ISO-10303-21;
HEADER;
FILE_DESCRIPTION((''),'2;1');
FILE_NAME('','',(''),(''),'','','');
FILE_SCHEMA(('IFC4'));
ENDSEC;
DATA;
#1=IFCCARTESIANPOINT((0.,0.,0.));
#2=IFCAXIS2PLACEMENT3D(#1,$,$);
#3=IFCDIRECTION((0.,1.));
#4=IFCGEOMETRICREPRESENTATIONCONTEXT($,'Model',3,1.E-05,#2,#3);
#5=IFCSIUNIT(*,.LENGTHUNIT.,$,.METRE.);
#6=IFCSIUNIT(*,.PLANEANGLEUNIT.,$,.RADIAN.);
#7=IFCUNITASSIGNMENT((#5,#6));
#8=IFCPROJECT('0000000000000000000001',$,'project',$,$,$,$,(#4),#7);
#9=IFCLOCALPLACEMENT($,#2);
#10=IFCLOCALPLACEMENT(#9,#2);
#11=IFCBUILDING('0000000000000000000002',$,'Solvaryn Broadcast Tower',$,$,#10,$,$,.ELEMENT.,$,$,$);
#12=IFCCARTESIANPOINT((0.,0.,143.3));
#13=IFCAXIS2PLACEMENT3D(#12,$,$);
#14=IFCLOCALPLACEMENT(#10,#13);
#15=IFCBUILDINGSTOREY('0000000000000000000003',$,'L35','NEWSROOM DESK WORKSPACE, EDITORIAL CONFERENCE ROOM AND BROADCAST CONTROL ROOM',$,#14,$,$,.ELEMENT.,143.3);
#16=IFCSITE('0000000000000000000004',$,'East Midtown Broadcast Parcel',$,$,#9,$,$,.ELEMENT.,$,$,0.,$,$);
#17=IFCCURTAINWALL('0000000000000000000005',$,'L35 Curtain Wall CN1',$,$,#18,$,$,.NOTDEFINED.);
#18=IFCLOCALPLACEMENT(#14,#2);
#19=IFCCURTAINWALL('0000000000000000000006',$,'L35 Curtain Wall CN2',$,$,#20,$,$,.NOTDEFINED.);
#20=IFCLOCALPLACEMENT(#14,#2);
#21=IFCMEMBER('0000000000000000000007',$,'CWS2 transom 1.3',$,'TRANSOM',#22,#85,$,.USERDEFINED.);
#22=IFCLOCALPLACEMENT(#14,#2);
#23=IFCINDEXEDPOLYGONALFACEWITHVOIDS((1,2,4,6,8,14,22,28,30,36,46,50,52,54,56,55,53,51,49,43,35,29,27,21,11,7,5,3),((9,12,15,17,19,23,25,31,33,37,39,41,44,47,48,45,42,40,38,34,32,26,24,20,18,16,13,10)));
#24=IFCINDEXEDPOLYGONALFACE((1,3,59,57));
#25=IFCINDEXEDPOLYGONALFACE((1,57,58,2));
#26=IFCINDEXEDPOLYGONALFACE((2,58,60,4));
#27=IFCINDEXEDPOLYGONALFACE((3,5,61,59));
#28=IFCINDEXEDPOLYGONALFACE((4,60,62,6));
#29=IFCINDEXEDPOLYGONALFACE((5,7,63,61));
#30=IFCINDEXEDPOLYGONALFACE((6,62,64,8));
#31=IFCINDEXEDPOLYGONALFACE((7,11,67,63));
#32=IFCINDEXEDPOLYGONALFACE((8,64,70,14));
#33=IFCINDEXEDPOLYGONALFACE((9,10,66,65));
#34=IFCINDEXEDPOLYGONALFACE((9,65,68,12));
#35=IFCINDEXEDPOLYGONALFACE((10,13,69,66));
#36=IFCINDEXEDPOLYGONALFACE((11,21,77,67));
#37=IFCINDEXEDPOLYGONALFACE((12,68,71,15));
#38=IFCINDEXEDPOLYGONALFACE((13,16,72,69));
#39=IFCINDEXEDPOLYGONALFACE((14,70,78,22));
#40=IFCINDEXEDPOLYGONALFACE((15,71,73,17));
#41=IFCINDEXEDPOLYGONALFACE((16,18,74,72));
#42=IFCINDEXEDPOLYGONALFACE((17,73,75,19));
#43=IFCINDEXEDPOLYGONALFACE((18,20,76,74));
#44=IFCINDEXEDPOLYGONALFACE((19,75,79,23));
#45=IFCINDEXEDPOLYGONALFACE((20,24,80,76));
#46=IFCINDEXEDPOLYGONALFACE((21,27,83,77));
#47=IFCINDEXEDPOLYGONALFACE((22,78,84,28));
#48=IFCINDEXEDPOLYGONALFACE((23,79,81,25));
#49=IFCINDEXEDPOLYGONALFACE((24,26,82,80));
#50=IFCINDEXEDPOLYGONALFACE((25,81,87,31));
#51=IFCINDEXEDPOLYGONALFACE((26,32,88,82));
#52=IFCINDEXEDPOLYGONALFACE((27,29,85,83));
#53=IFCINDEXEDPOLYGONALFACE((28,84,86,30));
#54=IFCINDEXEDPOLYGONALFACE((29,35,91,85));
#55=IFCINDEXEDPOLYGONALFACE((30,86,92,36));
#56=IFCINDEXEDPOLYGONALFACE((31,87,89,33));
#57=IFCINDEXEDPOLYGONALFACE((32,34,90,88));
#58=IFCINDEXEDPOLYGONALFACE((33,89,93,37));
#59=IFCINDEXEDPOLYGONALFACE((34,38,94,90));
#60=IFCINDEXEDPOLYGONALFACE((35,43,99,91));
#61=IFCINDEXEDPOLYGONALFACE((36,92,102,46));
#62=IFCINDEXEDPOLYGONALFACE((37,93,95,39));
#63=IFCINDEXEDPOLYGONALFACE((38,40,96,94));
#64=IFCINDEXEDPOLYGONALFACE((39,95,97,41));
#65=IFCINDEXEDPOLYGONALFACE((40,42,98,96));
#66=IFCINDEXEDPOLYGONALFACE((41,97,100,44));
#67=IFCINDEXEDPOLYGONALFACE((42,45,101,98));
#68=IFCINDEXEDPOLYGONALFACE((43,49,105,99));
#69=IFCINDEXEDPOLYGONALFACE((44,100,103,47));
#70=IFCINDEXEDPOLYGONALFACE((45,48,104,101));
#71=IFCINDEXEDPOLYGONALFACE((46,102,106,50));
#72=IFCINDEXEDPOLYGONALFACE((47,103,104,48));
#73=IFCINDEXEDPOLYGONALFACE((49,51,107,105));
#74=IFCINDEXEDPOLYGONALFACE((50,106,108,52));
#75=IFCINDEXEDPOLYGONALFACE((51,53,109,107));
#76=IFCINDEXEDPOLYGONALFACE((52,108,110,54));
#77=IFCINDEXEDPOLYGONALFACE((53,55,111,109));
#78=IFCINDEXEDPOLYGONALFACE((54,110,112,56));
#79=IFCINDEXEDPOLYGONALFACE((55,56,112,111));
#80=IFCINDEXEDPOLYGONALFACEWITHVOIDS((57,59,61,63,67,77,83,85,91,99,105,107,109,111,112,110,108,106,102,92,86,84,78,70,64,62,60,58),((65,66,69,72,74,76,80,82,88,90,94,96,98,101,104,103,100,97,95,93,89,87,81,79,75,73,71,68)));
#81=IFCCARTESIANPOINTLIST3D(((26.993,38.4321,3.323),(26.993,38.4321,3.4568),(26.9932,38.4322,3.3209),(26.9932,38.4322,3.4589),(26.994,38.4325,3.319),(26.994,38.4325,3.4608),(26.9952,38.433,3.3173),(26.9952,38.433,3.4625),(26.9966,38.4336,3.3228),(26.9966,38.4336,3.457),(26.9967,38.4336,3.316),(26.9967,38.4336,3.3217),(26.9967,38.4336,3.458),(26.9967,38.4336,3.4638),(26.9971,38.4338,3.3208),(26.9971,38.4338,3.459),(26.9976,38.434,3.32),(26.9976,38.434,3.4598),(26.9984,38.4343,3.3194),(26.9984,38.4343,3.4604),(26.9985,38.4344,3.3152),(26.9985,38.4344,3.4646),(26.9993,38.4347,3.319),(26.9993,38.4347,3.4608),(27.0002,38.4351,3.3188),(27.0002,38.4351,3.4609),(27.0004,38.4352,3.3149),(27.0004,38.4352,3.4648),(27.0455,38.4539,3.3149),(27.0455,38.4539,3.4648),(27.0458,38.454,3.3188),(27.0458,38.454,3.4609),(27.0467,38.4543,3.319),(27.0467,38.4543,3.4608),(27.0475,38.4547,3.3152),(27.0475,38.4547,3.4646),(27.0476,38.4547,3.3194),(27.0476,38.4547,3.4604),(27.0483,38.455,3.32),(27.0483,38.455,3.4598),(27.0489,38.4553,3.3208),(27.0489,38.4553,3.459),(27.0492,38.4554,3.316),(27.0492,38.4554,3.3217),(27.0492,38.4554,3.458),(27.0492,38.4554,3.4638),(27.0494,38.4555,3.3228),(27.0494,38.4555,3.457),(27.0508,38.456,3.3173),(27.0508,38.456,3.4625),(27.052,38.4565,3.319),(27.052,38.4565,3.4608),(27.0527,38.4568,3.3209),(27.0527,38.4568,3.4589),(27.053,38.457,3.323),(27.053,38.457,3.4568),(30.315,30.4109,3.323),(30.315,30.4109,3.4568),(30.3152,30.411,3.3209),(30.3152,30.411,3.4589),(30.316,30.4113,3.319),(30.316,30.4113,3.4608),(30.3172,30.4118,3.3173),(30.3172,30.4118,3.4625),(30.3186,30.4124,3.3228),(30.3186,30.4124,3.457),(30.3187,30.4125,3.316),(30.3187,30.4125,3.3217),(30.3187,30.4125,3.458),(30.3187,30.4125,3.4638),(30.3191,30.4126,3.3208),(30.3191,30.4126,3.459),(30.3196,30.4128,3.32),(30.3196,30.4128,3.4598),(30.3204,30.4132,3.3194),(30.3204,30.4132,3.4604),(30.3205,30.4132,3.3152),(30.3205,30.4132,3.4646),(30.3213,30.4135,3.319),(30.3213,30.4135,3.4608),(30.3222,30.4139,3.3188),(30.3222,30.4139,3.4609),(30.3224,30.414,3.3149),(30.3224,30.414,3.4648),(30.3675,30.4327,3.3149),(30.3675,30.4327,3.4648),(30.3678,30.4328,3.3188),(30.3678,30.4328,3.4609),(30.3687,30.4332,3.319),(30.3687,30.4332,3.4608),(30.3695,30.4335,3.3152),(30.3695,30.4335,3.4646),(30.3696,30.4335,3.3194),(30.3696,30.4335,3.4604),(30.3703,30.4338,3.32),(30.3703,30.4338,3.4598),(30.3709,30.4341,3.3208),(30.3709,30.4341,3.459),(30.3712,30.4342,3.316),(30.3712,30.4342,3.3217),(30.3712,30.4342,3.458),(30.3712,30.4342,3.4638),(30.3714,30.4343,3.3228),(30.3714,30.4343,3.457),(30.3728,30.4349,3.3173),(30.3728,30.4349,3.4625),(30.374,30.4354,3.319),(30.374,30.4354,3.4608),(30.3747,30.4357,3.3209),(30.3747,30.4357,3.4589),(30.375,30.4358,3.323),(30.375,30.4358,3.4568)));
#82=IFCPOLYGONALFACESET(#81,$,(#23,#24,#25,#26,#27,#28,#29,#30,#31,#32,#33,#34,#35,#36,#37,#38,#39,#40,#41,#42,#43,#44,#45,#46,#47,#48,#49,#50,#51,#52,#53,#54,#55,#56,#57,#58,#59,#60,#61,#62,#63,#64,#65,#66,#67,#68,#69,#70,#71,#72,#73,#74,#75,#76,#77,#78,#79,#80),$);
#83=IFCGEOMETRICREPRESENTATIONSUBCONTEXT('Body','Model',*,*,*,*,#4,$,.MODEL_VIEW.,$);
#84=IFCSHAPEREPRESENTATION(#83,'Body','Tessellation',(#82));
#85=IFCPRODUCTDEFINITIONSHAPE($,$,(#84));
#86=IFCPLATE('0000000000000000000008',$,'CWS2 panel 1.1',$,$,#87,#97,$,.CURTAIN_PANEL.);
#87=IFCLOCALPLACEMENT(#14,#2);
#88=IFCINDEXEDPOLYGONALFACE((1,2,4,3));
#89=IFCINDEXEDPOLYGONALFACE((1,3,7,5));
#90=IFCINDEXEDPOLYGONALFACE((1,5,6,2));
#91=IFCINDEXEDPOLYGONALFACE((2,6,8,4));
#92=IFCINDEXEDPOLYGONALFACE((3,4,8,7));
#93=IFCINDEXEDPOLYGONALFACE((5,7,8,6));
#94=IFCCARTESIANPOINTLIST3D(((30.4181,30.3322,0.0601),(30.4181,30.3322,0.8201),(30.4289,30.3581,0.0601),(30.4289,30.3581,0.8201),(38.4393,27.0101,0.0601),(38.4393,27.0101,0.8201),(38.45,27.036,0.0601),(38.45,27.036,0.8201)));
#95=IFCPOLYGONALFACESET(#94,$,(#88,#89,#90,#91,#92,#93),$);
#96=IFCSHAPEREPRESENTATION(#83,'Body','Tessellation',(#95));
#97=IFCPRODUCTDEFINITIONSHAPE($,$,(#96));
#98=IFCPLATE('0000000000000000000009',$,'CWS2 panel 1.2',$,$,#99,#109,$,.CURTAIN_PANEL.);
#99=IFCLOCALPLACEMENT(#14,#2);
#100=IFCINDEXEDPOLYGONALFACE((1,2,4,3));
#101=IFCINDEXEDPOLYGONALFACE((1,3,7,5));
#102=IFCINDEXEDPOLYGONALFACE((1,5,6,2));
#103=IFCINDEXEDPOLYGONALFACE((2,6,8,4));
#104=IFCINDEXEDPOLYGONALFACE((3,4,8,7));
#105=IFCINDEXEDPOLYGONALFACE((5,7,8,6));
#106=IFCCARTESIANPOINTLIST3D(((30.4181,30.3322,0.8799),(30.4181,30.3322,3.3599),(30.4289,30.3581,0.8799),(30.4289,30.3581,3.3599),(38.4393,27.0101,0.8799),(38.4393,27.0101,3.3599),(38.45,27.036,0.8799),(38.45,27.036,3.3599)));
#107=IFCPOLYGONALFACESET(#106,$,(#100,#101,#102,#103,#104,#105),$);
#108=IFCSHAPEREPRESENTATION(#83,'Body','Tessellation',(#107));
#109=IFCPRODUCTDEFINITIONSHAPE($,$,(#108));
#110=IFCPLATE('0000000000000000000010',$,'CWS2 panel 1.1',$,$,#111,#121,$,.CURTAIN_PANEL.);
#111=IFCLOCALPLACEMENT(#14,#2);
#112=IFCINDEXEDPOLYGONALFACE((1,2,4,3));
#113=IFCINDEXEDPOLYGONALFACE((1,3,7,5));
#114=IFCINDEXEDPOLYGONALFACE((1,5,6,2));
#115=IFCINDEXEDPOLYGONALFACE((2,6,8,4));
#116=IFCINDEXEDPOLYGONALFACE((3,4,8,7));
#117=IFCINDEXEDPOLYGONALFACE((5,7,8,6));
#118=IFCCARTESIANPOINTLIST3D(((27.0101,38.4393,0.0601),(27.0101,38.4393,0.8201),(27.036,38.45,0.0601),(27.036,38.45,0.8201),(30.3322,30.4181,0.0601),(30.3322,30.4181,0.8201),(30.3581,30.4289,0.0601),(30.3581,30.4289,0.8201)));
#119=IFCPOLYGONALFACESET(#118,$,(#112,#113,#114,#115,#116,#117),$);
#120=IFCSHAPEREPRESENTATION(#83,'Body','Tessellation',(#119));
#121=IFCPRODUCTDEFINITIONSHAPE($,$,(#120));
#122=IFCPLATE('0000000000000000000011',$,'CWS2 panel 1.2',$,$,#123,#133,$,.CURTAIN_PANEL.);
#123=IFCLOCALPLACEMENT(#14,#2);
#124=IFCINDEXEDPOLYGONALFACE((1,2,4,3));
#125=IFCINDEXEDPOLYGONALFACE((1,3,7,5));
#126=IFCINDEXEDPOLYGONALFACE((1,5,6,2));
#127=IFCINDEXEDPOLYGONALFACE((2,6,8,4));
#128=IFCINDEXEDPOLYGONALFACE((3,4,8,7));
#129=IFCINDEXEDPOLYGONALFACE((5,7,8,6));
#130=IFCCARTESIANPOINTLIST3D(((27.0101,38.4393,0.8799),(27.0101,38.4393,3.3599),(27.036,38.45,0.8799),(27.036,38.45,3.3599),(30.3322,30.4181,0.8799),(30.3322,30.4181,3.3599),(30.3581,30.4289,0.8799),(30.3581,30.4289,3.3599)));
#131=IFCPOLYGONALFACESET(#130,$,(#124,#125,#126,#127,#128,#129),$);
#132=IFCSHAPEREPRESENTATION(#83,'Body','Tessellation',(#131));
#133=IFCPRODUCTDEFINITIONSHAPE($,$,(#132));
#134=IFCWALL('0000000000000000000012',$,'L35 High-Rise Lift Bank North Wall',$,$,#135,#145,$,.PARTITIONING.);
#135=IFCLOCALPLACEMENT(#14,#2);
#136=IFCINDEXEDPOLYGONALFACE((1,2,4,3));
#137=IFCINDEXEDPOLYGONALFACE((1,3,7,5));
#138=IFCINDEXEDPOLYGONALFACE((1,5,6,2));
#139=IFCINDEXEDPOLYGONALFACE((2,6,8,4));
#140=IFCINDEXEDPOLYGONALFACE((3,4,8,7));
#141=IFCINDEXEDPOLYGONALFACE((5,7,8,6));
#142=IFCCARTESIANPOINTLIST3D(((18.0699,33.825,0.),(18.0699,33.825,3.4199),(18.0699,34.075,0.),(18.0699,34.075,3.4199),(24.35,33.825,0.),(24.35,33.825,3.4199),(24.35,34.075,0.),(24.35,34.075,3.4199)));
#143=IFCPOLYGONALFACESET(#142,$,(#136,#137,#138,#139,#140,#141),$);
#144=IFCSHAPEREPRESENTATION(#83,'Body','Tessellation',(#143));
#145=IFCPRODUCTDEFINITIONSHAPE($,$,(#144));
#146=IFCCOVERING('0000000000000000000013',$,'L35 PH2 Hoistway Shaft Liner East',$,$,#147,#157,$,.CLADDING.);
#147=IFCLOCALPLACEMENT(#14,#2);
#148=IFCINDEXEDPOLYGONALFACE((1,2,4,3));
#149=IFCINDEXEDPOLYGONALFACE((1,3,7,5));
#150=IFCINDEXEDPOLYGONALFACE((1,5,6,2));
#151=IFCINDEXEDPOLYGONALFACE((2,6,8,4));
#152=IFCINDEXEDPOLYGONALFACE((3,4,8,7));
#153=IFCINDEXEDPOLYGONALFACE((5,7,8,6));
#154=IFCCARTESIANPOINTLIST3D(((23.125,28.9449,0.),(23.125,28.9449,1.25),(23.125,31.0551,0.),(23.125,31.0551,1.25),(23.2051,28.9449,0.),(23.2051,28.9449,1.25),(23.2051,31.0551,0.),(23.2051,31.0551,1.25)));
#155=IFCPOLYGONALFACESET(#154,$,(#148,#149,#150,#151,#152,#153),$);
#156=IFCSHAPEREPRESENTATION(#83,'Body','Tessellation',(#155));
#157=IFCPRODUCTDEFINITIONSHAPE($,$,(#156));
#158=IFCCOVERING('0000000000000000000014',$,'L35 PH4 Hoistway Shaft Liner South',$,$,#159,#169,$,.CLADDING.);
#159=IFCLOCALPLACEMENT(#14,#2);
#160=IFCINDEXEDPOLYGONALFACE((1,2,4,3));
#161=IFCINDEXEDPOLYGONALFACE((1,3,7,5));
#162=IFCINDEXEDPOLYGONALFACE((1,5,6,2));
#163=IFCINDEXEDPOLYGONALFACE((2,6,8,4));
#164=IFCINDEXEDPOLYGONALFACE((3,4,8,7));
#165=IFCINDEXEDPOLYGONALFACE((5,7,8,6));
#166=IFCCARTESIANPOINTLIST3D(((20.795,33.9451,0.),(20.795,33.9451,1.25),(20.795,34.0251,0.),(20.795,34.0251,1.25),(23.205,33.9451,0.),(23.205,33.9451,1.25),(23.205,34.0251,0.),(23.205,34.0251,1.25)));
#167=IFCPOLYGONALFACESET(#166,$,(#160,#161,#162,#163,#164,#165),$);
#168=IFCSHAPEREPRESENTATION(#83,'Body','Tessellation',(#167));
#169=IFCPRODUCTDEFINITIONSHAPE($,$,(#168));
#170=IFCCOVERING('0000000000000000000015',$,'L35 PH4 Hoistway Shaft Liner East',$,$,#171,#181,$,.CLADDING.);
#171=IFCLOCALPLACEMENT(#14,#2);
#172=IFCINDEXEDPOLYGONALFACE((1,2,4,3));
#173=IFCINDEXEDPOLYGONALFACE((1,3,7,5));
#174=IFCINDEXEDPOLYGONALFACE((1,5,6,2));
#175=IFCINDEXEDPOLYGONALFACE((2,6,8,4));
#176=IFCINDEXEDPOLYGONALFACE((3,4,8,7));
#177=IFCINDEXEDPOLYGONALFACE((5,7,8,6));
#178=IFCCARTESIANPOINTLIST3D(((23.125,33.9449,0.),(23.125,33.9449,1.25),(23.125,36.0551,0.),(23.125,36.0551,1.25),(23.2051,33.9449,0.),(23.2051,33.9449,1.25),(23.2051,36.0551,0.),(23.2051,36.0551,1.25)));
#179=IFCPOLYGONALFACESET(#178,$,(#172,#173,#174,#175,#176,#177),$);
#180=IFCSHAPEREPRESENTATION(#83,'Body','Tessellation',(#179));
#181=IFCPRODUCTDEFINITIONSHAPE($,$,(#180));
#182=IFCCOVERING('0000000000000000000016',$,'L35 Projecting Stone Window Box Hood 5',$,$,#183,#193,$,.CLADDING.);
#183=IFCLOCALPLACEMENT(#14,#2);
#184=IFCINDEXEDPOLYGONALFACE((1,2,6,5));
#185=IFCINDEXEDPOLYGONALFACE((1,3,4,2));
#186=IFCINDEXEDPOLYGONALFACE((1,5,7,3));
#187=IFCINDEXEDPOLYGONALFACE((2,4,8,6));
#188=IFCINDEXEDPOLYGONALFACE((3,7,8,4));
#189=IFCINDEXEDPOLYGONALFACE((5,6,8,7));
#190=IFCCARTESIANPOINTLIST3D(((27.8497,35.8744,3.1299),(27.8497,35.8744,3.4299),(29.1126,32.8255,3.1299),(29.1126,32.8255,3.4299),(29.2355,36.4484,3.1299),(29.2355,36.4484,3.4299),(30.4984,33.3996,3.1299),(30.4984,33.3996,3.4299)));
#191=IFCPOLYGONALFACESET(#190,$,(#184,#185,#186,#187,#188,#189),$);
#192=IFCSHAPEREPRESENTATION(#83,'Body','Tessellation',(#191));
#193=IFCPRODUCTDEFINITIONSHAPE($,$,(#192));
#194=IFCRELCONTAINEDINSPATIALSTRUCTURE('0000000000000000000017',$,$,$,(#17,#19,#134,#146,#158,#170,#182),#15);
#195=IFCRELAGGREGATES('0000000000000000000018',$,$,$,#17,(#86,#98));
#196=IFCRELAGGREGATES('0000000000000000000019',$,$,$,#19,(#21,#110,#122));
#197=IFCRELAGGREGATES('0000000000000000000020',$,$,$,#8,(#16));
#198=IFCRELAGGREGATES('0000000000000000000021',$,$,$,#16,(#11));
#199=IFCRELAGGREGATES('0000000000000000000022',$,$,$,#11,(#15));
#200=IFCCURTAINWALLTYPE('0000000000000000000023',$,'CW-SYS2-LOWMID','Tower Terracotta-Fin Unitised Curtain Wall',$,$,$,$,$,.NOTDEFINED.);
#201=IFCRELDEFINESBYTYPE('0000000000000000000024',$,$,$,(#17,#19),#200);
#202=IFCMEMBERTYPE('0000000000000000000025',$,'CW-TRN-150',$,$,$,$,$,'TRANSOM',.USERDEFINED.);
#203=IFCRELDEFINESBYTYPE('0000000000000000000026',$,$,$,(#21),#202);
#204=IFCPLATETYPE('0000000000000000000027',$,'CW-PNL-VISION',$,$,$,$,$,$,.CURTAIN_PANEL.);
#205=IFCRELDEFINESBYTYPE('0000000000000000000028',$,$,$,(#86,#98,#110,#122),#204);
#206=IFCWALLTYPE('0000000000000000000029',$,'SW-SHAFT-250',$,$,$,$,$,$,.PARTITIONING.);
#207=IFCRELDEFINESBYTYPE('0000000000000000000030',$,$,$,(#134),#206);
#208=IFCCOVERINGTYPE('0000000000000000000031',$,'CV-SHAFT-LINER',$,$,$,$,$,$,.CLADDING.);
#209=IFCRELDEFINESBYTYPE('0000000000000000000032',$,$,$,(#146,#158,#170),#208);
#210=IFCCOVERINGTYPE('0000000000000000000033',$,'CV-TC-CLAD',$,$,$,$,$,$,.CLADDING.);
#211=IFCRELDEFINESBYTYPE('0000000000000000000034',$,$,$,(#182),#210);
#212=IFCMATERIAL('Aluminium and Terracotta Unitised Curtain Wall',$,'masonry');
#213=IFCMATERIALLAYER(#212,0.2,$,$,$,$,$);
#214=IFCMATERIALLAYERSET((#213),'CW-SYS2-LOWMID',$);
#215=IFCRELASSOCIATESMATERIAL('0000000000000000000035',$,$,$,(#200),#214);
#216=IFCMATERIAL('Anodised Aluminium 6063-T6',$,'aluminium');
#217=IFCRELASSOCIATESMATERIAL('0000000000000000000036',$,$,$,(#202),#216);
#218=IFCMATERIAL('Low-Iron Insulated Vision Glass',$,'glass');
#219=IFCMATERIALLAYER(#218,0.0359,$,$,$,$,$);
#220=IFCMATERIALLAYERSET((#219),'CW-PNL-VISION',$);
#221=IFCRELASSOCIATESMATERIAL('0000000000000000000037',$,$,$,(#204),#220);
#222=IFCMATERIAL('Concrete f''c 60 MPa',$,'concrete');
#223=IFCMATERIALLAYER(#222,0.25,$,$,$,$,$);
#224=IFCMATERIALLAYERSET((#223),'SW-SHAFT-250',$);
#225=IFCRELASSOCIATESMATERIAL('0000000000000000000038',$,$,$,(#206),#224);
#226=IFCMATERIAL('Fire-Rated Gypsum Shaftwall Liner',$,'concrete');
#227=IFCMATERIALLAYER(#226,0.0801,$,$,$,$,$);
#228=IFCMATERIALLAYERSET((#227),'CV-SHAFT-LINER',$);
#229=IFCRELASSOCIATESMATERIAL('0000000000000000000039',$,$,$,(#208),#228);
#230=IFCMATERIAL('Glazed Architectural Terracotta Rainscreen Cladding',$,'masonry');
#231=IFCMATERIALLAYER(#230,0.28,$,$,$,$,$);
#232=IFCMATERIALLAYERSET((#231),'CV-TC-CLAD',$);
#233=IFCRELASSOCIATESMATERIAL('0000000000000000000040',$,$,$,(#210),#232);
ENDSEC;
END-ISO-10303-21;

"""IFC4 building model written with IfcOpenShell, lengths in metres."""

from ifc_helpers import new_model, si_unit, direction, frame, frame_2d, origin, origin_2d, place, context, subcontext, project, spatial, rectangle, hollow_rectangle, extrude, material, layer, layer_set, material_profile, profile_set, type_object, element, aggregate, save


model = new_model("IFC4")

# Units and contexts
model_context = context("Model", 3, precision=1e-05, world=origin(), true_north=direction((0.0, 1.0)))
body_context = subcontext(model_context, "Body", "Model", "MODEL_VIEW")
ifc_project = project(units=[si_unit("LENGTHUNIT", "METRE"), si_unit("PLANEANGLEUNIT", "RADIAN")], contexts=[model_context])

# Site, building, storey
site_placement = place(None, origin())
site = spatial("IfcSite", under=ifc_project, at=site_placement, Name="East Midtown Broadcast Parcel", CompositionType="ELEMENT", RefElevation=0.0)
building_placement = place(site_placement, origin())
building = spatial("IfcBuilding", under=site, at=building_placement, Name="Solvaryn Broadcast Tower", CompositionType="ELEMENT")
storey_placement = place(building_placement, frame((0.0, 0.0, 143.3)))
storey = spatial("IfcBuildingStorey", under=building, at=storey_placement, Name="L35", Description="NEWSROOM DESK WORKSPACE, EDITORIAL CONFERENCE ROOM AND BROADCAST CONTROL ROOM", CompositionType="ELEMENT", Elevation=143.3)

# Curtain wall
ifc_material_1 = material(Name="Aluminium and Terracotta Unitised Curtain Wall", Category="masonry")
ifc_layer_1 = layer(ifc_material_1, 0.2)
ifc_layer_set_1 = layer_set([ifc_layer_1], Name="CW-SYS2-LOWMID")
curtain_wall_type = type_object("IfcCurtainWallType", Name="CW-SYS2-LOWMID", Description="Tower Terracotta-Fin Unitised Curtain Wall", PredefinedType="NOTDEFINED", material=ifc_layer_set_1)
curtain_wall_1_placement = place(storey_placement, origin())
curtain_wall_1 = element("IfcCurtainWall", 1, at=curtain_wall_1_placement, inside=storey, type_object=curtain_wall_type, Name="L35 Curtain Wall CN1", PredefinedType="NOTDEFINED")

# Curtain wall, member
curtain_wall_2_placement = place(storey_placement, origin())
curtain_wall_2 = element("IfcCurtainWall", 2, at=curtain_wall_2_placement, inside=storey, type_object=curtain_wall_type, Name="L35 Curtain Wall CN2", PredefinedType="NOTDEFINED")
ifc_material_2 = material(Name="Anodised Aluminium 6063-T6", Category="aluminium")
ifc_material_profile_1 = material_profile(ifc_material_2, hollow_rectangle(XDim=0.0649, YDim=0.1499, WallThickness=0.0039, InnerFilletRadius=0.0039, OuterFilletRadius=0.0081, at=origin_2d()))
ifc_profile_set_1 = profile_set([ifc_material_profile_1], Name="Anodised Aluminium 6063-T6")
member_type_1 = type_object("IfcMemberType", Name="CW-TRN-150", ElementType="TRANSOM", PredefinedType="USERDEFINED", material=ifc_profile_set_1)
member_1_placement = place(storey_placement, frame((30.345, 30.4233, 3.3899), z_axis=(-0.382636, 0.923899, 0.0), x_axis=(-0.923899, -0.382636, 0.0)))
member_1 = element("IfcMember", 3, at=member_1_placement, type_object=member_type_1, Name="CWS2 transom 1.3", ObjectType="TRANSOM", PredefinedType="USERDEFINED", context=body_context, shape_type="SweptSolid", body=[
    extrude(hollow_rectangle(XDim=0.0649, YDim=0.1499, WallThickness=0.0039, InnerFilletRadius=0.0039, OuterFilletRadius=0.0081, at=origin_2d()), origin(), (0.0, 0.0, 1.0), 8.6819),
])

# Plates
ifc_material_3 = material(Name="Low-Iron Insulated Vision Glass", Category="glass")
ifc_layer_2 = layer(ifc_material_3, 0.0359)
ifc_layer_set_2 = layer_set([ifc_layer_2], Name="CW-PNL-VISION")
plate_type = type_object("IfcPlateType", Name="CW-PNL-VISION", PredefinedType="CURTAIN_PANEL", material=ifc_layer_set_2)
plate_1_placement = place(storey_placement, frame((34.4341, 28.6841, 0.0601), z_axis=(0.0, 0.0, 1.0), x_axis=(-0.923895, 0.382646, 0.0)))
plate_1 = element("IfcPlate", 4, at=plate_1_placement, type_object=plate_type, Name="CWS2 panel 1.1", PredefinedType="CURTAIN_PANEL", context=body_context, shape_type="SweptSolid", body=[
    extrude(rectangle(XDim=8.6819, YDim=0.0281, at=origin_2d()), origin(), (0.0, 0.0, 1.0), 0.76),
])
plate_2_placement = place(storey_placement, frame((34.4341, 28.6841, 0.8799), z_axis=(0.0, 0.0, 1.0), x_axis=(-0.923895, 0.382646, 0.0)))
plate_2 = element("IfcPlate", 5, at=plate_2_placement, type_object=plate_type, Name="CWS2 panel 1.2", PredefinedType="CURTAIN_PANEL", context=body_context, shape_type="SweptSolid", body=[
    extrude(rectangle(XDim=8.6819, YDim=0.0281, at=origin_2d()), origin(), (0.0, 0.0, 1.0), 2.48),
])
aggregate(curtain_wall_1, [plate_1, plate_2])
plate_3_placement = place(storey_placement, frame((28.6841, 34.4341, 0.0601), z_axis=(0.0, 0.0, 1.0), x_axis=(-0.382646, 0.923895, 0.0)))
plate_3 = element("IfcPlate", 6, at=plate_3_placement, type_object=plate_type, Name="CWS2 panel 1.1", PredefinedType="CURTAIN_PANEL", context=body_context, shape_type="SweptSolid", body=[
    extrude(rectangle(XDim=8.6819, YDim=0.0281, at=origin_2d()), origin(), (0.0, 0.0, 1.0), 0.76),
])
plate_4_placement = place(storey_placement, frame((28.6841, 34.4341, 0.8799), z_axis=(0.0, 0.0, 1.0), x_axis=(-0.382646, 0.923895, 0.0)))
plate_4 = element("IfcPlate", 7, at=plate_4_placement, type_object=plate_type, Name="CWS2 panel 1.2", PredefinedType="CURTAIN_PANEL", context=body_context, shape_type="SweptSolid", body=[
    extrude(rectangle(XDim=8.6819, YDim=0.0281, at=origin_2d()), origin(), (0.0, 0.0, 1.0), 2.48),
])
aggregate(curtain_wall_2, [member_1, plate_3, plate_4])

# Wall
ifc_material_4 = material(Name="Concrete f'c 60 MPa", Category="concrete")
ifc_layer_3 = layer(ifc_material_4, 0.25)
ifc_layer_set_3 = layer_set([ifc_layer_3], Name="SW-SHAFT-250")
wall_type = type_object("IfcWallType", Name="SW-SHAFT-250", PredefinedType="PARTITIONING", material=ifc_layer_set_3)
wall_placement = place(storey_placement, frame((24.3501, 33.95, 0.0), z_axis=(0.0, 0.0, 1.0), x_axis=(-1.0, 0.0, 0.0)))
element("IfcWall", 8, at=wall_placement, inside=storey, type_object=wall_type, Name="L35 High-Rise Lift Bank North Wall", PredefinedType="PARTITIONING", context=body_context, shape_type="SweptSolid", body=[
    extrude(rectangle(XDim=6.28, YDim=0.25, at=frame_2d((3.1401, 0.0))), origin(), (0.0, 0.0, 1.0), 3.4199),
])

# Coverings
ifc_material_5 = material(Name="Fire-Rated Gypsum Shaftwall Liner", Category="concrete")
ifc_layer_4 = layer(ifc_material_5, 0.0801)
ifc_layer_set_4 = layer_set([ifc_layer_4], Name="CV-SHAFT-LINER")
covering_type_1 = type_object("IfcCoveringType", Name="CV-SHAFT-LINER", PredefinedType="CLADDING", material=ifc_layer_set_4)
covering_1_placement = place(storey_placement, frame((23.165, 30.0, 0.0), z_axis=(0.0, 0.0, 1.0), x_axis=(1.0, 0.0, 0.0)))
element("IfcCovering", 9, at=covering_1_placement, inside=storey, type_object=covering_type_1, Name="L35 PH2 Hoistway Shaft Liner East", PredefinedType="CLADDING", context=body_context, shape_type="SweptSolid", body=[
    extrude(rectangle(XDim=0.0801, YDim=2.1101, at=origin_2d()), origin(), (0.0, 0.0, 1.0), 1.25),
])
covering_2_placement = place(storey_placement, frame((22.0, 33.9851, 0.0), z_axis=(0.0, 0.0, 1.0), x_axis=(1.0, 0.0, 0.0)))
element("IfcCovering", 10, at=covering_2_placement, inside=storey, type_object=covering_type_1, Name="L35 PH4 Hoistway Shaft Liner South", PredefinedType="CLADDING", context=body_context, shape_type="SweptSolid", body=[
    extrude(rectangle(XDim=2.4099, YDim=0.0801, at=origin_2d()), origin(), (0.0, 0.0, 1.0), 1.25),
])
covering_3_placement = place(storey_placement, frame((23.165, 35.0, 0.0), z_axis=(0.0, 0.0, 1.0), x_axis=(1.0, 0.0, 0.0)))
element("IfcCovering", 11, at=covering_3_placement, inside=storey, type_object=covering_type_1, Name="L35 PH4 Hoistway Shaft Liner East", PredefinedType="CLADDING", context=body_context, shape_type="SweptSolid", body=[
    extrude(rectangle(XDim=0.0801, YDim=2.1101, at=origin_2d()), origin(), (0.0, 0.0, 1.0), 1.25),
])
ifc_material_6 = material(Name="Glazed Architectural Terracotta Rainscreen Cladding", Category="masonry")
ifc_layer_5 = layer(ifc_material_6, 0.28)
ifc_layer_set_5 = layer_set([ifc_layer_5], Name="CV-TC-CLAD")
covering_type_2 = type_object("IfcCoveringType", Name="CV-TC-CLAD", PredefinedType="CLADDING", material=ifc_layer_set_5)
for number, where, z_axis, x_axis, name in (
    (12, (29.1741, 34.637, 3.1299), (0.0, 0.0, 1.0), (-0.382683, 0.92388, 0.0), "L35 Projecting Stone Window Box Hood 5"),
):
    element("IfcCovering", number, at=place(storey_placement, frame(where, z_axis=z_axis, x_axis=x_axis)), inside=storey, type_object=covering_type_2, Name=name, PredefinedType="CLADDING", context=body_context, shape_type="SweptSolid", body=[
        extrude(rectangle(XDim=3.3, YDim=1.5, at=origin_2d()), origin(), (0.0, 0.0, 1.0), 0.3),
    ])

save(model, "model.ifc")
